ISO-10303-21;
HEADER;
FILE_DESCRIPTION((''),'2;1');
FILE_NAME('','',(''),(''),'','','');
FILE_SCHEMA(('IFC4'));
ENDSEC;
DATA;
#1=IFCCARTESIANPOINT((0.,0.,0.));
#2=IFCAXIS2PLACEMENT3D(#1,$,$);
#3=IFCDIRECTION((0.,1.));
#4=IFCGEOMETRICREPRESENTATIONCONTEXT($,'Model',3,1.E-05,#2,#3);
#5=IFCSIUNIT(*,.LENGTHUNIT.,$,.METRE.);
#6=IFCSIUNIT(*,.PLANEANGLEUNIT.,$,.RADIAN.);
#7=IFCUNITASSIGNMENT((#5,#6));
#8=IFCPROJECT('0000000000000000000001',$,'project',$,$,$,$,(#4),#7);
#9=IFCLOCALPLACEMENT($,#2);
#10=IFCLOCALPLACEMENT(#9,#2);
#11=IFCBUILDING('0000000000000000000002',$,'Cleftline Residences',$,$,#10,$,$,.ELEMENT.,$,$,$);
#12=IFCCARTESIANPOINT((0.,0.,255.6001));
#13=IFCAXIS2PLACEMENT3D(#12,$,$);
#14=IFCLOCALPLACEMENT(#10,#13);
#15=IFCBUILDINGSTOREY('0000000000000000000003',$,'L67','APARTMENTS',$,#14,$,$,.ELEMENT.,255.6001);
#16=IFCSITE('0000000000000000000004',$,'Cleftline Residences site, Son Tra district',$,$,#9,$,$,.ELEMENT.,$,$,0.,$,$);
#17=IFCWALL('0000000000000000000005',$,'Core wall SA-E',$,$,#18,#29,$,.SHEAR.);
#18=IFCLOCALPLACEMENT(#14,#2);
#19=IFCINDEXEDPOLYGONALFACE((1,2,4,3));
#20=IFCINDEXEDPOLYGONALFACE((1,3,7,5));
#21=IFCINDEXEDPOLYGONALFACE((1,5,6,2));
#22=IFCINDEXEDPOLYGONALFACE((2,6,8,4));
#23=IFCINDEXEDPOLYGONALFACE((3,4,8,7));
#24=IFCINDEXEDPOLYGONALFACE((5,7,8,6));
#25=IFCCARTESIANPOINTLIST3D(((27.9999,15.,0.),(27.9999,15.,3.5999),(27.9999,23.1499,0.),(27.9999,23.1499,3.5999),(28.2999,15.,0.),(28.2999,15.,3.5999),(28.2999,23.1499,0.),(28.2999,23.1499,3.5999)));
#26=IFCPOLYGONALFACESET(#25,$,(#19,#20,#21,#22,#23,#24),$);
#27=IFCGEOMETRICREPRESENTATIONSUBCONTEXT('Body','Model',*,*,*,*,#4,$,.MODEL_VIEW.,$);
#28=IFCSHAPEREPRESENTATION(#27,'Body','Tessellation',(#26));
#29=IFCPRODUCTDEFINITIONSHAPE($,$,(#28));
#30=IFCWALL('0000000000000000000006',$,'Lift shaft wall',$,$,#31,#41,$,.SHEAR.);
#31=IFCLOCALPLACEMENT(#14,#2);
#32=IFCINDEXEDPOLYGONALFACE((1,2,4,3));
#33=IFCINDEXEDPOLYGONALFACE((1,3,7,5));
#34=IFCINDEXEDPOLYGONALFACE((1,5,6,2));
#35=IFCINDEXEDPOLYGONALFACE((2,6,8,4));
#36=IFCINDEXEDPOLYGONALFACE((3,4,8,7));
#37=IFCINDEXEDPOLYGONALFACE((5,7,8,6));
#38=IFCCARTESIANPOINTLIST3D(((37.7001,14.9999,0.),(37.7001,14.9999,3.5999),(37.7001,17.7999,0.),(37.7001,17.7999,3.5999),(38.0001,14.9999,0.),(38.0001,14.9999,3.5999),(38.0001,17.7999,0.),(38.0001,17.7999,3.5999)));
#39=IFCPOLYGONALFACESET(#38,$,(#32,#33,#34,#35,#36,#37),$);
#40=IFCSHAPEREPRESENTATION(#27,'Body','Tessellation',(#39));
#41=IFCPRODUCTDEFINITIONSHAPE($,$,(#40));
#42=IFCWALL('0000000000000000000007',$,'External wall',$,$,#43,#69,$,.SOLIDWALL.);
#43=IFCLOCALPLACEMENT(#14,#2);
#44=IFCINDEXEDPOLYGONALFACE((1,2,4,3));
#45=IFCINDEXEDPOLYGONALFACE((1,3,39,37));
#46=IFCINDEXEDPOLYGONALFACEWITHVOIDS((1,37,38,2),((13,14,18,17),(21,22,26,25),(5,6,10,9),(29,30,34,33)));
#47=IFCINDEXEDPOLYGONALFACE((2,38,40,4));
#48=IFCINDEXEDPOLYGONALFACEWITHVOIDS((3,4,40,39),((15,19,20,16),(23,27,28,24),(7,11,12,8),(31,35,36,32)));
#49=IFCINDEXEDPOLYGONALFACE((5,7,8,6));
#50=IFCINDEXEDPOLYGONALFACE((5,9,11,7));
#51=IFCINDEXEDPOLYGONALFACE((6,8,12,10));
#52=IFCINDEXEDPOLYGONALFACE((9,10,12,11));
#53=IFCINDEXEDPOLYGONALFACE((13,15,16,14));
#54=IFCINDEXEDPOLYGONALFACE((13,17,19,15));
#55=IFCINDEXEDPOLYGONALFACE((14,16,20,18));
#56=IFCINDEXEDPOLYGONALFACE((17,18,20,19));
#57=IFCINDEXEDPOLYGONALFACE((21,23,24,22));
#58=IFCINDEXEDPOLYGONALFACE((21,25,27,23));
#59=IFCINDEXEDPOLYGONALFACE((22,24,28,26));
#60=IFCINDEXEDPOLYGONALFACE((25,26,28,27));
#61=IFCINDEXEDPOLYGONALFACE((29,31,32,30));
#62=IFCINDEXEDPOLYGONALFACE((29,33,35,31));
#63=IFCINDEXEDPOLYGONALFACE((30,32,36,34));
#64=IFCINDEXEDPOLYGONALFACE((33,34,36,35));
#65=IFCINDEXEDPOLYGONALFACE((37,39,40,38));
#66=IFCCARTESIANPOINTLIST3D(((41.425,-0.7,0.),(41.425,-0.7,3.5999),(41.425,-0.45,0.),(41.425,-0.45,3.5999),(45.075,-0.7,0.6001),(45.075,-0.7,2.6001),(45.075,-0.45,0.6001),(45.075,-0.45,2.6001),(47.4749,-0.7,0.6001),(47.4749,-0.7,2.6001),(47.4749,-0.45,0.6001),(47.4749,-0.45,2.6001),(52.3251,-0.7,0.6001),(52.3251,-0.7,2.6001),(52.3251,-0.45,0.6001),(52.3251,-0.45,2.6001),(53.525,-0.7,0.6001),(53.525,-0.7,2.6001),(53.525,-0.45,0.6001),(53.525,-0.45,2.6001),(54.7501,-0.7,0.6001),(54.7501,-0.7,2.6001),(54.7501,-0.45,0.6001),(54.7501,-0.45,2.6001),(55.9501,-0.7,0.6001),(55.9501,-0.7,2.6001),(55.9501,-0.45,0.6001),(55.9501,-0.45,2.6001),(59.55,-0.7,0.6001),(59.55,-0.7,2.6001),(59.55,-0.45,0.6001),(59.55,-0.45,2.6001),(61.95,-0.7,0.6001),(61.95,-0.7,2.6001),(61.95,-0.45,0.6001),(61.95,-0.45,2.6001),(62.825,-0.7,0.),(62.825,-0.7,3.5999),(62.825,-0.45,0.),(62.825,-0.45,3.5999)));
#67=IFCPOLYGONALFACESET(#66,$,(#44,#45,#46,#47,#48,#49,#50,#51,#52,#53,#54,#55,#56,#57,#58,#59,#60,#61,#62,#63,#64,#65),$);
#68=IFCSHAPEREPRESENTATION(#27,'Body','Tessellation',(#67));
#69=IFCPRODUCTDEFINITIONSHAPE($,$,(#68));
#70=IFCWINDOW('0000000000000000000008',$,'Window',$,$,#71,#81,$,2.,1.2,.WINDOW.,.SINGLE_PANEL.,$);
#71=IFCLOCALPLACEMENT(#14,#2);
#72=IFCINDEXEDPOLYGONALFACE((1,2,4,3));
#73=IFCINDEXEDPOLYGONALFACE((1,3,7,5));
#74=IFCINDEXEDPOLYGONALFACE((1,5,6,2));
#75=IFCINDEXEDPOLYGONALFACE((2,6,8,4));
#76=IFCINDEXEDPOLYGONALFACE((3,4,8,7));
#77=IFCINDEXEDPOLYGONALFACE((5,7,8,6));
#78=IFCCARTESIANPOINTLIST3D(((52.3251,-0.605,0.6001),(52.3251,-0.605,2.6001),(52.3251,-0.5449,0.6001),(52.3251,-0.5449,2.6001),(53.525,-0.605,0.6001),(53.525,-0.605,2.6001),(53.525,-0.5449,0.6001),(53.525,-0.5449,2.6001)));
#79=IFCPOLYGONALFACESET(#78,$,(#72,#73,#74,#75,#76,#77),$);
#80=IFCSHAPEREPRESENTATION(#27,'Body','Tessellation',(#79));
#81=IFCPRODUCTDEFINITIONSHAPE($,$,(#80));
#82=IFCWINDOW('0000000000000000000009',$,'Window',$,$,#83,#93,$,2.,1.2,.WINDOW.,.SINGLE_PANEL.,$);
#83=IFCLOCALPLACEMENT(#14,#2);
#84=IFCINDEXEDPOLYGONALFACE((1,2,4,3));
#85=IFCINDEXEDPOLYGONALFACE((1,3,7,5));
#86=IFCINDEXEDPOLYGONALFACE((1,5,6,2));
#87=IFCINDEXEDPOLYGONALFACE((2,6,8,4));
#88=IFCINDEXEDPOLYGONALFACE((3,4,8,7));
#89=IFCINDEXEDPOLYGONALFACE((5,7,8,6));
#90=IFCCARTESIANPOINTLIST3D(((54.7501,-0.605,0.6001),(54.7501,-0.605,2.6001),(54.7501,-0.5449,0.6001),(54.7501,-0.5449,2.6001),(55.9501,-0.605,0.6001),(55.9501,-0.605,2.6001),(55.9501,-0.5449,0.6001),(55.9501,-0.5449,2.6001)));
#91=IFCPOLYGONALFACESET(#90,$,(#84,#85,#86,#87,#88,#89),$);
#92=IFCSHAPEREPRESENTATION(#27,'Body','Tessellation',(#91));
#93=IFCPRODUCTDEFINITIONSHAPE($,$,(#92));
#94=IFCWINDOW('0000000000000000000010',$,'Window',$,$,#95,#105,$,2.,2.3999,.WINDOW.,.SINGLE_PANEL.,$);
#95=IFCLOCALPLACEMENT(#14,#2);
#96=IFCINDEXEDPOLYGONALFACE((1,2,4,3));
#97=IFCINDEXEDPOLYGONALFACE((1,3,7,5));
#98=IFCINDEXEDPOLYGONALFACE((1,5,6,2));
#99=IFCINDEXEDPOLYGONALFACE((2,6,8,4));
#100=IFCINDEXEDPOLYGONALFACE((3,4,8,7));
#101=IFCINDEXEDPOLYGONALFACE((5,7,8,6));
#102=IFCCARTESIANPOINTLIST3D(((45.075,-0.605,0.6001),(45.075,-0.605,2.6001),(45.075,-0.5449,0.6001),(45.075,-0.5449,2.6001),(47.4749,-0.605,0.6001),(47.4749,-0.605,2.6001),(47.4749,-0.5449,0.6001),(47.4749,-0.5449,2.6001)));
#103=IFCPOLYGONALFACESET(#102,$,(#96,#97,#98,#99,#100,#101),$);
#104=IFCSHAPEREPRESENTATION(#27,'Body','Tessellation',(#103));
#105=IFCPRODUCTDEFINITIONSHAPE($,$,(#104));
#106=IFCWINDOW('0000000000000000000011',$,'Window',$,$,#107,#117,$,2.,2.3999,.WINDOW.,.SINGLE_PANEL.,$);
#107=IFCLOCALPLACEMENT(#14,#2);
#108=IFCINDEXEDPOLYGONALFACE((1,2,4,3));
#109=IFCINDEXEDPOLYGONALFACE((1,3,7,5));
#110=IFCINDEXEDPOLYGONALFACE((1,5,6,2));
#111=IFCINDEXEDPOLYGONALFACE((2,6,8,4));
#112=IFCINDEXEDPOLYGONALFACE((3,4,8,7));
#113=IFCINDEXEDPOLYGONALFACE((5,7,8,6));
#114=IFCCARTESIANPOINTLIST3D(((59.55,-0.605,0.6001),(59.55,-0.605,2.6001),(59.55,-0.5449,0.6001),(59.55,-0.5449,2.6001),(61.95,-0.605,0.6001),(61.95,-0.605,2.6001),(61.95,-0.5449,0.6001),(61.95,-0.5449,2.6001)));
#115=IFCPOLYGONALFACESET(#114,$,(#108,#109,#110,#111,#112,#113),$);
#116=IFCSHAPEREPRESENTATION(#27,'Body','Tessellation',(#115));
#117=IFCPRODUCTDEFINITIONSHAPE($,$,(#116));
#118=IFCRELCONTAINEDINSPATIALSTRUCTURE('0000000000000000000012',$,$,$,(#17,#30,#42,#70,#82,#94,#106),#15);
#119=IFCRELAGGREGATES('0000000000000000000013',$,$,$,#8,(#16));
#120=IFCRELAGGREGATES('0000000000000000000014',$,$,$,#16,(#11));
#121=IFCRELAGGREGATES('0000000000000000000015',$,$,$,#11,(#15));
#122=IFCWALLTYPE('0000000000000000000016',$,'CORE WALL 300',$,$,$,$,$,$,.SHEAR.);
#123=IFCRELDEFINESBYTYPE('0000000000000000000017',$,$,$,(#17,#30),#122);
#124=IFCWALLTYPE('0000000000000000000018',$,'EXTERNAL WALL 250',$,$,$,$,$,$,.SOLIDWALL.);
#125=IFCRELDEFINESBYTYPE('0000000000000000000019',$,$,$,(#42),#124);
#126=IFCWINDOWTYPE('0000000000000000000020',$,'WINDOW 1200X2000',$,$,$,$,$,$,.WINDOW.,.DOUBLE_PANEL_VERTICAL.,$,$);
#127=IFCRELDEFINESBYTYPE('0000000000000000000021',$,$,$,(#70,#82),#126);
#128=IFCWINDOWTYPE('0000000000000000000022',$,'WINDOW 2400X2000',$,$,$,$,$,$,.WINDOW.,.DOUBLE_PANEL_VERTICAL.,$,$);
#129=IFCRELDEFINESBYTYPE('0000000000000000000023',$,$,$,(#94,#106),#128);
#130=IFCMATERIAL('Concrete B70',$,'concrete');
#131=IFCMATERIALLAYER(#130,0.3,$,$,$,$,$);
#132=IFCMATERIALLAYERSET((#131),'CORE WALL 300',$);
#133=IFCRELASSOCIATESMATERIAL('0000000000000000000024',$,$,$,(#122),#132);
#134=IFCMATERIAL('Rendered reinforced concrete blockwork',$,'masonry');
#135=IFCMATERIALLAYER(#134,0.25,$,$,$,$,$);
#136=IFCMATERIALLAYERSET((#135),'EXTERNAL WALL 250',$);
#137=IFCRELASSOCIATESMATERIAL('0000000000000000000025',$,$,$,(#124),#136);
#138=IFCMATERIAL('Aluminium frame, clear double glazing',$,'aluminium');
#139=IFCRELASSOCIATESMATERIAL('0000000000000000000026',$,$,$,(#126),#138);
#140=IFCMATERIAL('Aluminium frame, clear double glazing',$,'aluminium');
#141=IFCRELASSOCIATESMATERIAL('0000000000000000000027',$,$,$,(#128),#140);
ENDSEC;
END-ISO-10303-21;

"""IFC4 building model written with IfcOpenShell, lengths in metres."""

from ifc_helpers import new_model, si_unit, direction, frame, frame_2d, origin, place, context, subcontext, project, spatial, rectangle, extrude, material, layer, layer_set, type_object, element, fill, save


model = new_model("IFC4")

# Units and contexts
model_context = context("Model", 3, precision=1e-05, world=origin(), true_north=direction((0.0, 1.0)))
body_context = subcontext(model_context, "Body", "Model", "MODEL_VIEW")
ifc_project = project(units=[si_unit("LENGTHUNIT", "METRE"), si_unit("PLANEANGLEUNIT", "RADIAN")], contexts=[model_context])

# Site, building, storey
site_placement = place(None, origin())
site = spatial("IfcSite", under=ifc_project, at=site_placement, Name="Cleftline Residences site, Son Tra district", CompositionType="ELEMENT", RefElevation=0.0)
building_placement = place(site_placement, origin())
building = spatial("IfcBuilding", under=site, at=building_placement, Name="Cleftline Residences", CompositionType="ELEMENT")
storey_placement = place(building_placement, frame((0.0, 0.0, 255.6001)))
storey = spatial("IfcBuildingStorey", under=building, at=storey_placement, Name="L67", Description="APARTMENTS", CompositionType="ELEMENT", Elevation=255.6001)

# Walls
ifc_material_1 = material(Name="Concrete B70", Category="concrete")
ifc_layer_1 = layer(ifc_material_1, 0.3)
ifc_layer_set_1 = layer_set([ifc_layer_1], Name="CORE WALL 300")
wall_type_1 = type_object("IfcWallType", Name="CORE WALL 300", PredefinedType="SHEAR", material=ifc_layer_set_1)
wall_1_placement = place(storey_placement, frame((28.1499, 15.0, 0.0), z_axis=(0.0, 0.0, 1.0), x_axis=(0.0, 1.0, 0.0)))
element("IfcWall", 1, at=wall_1_placement, inside=storey, type_object=wall_type_1, Name="Core wall SA-E", PredefinedType="SHEAR", context=body_context, shape_type="SweptSolid", body=[
    extrude(rectangle(XDim=8.1499, YDim=0.3, at=frame_2d((4.075, 0.0))), origin(), (0.0, 0.0, 1.0), 3.5999),
])
wall_2_placement = place(storey_placement, frame((37.8501, 15.0, 0.0), z_axis=(0.0, 0.0, 1.0), x_axis=(0.0, 1.0, 0.0)))
element("IfcWall", 2, at=wall_2_placement, inside=storey, type_object=wall_type_1, Name="Lift shaft wall", PredefinedType="SHEAR", context=body_context, shape_type="SweptSolid", body=[
    extrude(rectangle(XDim=2.8, YDim=0.3, at=frame_2d((1.3999, 0.0))), origin(), (0.0, 0.0, 1.0), 3.5999),
])

# Wall, openings, windows
ifc_material_2 = material(Name="Rendered reinforced concrete blockwork", Category="masonry")
ifc_layer_2 = layer(ifc_material_2, 0.25)
ifc_layer_set_2 = layer_set([ifc_layer_2], Name="EXTERNAL WALL 250")
wall_type_2 = type_object("IfcWallType", Name="EXTERNAL WALL 250", PredefinedType="SOLIDWALL", material=ifc_layer_set_2)
wall_3_placement = place(storey_placement, frame((41.425, -0.575, 0.0), z_axis=(0.0, 0.0, 1.0), x_axis=(1.0, 0.0, 0.0)))
wall_3 = element("IfcWall", 3, at=wall_3_placement, inside=storey, type_object=wall_type_2, Name="External wall", PredefinedType="SOLIDWALL", context=body_context, shape_type="SweptSolid", body=[
    extrude(rectangle(XDim=21.3999, YDim=0.25, at=frame_2d((10.7, 0.0))), origin(), (0.0, 0.0, 1.0), 3.5999),
])
opening_1_placement = place(wall_3_placement, frame((3.6499, 0.0, 0.6001)))
opening_1 = element("IfcOpeningElement", 4, at=opening_1_placement, cuts=wall_3, PredefinedType="OPENING", context=body_context, shape_type="SweptSolid", body=[
    extrude(rectangle(XDim=2.3999, YDim=2.0, at=frame_2d((1.2, 1.0))), frame((0.0, 0.135, 0.0), z_axis=(0.0, -1.0, 0.0), x_axis=(1.0, 0.0, 0.0)), (0.0, 0.0, 1.0), 0.27),
])
opening_2_placement = place(wall_3_placement, frame((10.8999, 0.0, 0.6001)))
opening_2 = element("IfcOpeningElement", 5, at=opening_2_placement, cuts=wall_3, PredefinedType="OPENING", context=body_context, shape_type="SweptSolid", body=[
    extrude(rectangle(XDim=1.2, YDim=2.0, at=frame_2d((0.6001, 1.0))), frame((0.0, 0.135, 0.0), z_axis=(0.0, -1.0, 0.0), x_axis=(1.0, 0.0, 0.0)), (0.0, 0.0, 1.0), 0.27),
])
opening_3_placement = place(wall_3_placement, frame((13.325, 0.0, 0.6001)))
opening_3 = element("IfcOpeningElement", 6, at=opening_3_placement, cuts=wall_3, PredefinedType="OPENING", context=body_context, shape_type="SweptSolid", body=[
    extrude(rectangle(XDim=1.2, YDim=2.0, at=frame_2d((0.6001, 1.0))), frame((0.0, 0.135, 0.0), z_axis=(0.0, -1.0, 0.0), x_axis=(1.0, 0.0, 0.0)), (0.0, 0.0, 1.0), 0.27),
])
opening_4_placement = place(wall_3_placement, frame((18.125, 0.0, 0.6001)))
opening_4 = element("IfcOpeningElement", 7, at=opening_4_placement, cuts=wall_3, PredefinedType="OPENING", context=body_context, shape_type="SweptSolid", body=[
    extrude(rectangle(XDim=2.3999, YDim=2.0, at=frame_2d((1.2, 1.0))), frame((0.0, 0.135, 0.0), z_axis=(0.0, -1.0, 0.0), x_axis=(1.0, 0.0, 0.0)), (0.0, 0.0, 1.0), 0.27),
])
ifc_material_3 = material(Name="Aluminium frame, clear double glazing", Category="aluminium")
window_type_1 = type_object("IfcWindowType", Name="WINDOW 1200X2000", PartitioningType="DOUBLE_PANEL_VERTICAL", PredefinedType="WINDOW", material=ifc_material_3)
window_1_placement = place(opening_2_placement, origin())
window_1 = element("IfcWindow", 8, at=window_1_placement, inside=storey, type_object=window_type_1, Name="Window", OverallHeight=2.0, OverallWidth=1.2, PartitioningType="SINGLE_PANEL", PredefinedType="WINDOW", context=body_context, shape_type="SweptSolid", body=[
    extrude(rectangle(XDim=1.2, YDim=2.0, at=frame_2d((0.6001, 1.0))), frame((0.0, 0.03, 0.0), z_axis=(0.0, -1.0, 0.0), x_axis=(1.0, 0.0, 0.0)), (0.0, 0.0, 1.0), 0.0601),
])
fill(opening_2, window_1)
window_2_placement = place(opening_3_placement, origin())
window_2 = element("IfcWindow", 9, at=window_2_placement, inside=storey, type_object=window_type_1, Name="Window", OverallHeight=2.0, OverallWidth=1.2, PartitioningType="SINGLE_PANEL", PredefinedType="WINDOW", context=body_context, shape_type="SweptSolid", body=[
    extrude(rectangle(XDim=1.2, YDim=2.0, at=frame_2d((0.6001, 1.0))), frame((0.0, 0.03, 0.0), z_axis=(0.0, -1.0, 0.0), x_axis=(1.0, 0.0, 0.0)), (0.0, 0.0, 1.0), 0.0601),
])
fill(opening_3, window_2)
ifc_material_4 = material(Name="Aluminium frame, clear double glazing", Category="aluminium")
window_type_2 = type_object("IfcWindowType", Name="WINDOW 2400X2000", PartitioningType="DOUBLE_PANEL_VERTICAL", PredefinedType="WINDOW", material=ifc_material_4)
window_3_placement = place(opening_1_placement, origin())
window_3 = element("IfcWindow", 10, at=window_3_placement, inside=storey, type_object=window_type_2, Name="Window", OverallHeight=2.0, OverallWidth=2.3999, PartitioningType="SINGLE_PANEL", PredefinedType="WINDOW", context=body_context, shape_type="SweptSolid", body=[
    extrude(rectangle(XDim=2.3999, YDim=2.0, at=frame_2d((1.2, 1.0))), frame((0.0, 0.03, 0.0), z_axis=(0.0, -1.0, 0.0), x_axis=(1.0, 0.0, 0.0)), (0.0, 0.0, 1.0), 0.0601),
])
fill(opening_1, window_3)
window_4_placement = place(opening_4_placement, origin())
window_4 = element("IfcWindow", 11, at=window_4_placement, inside=storey, type_object=window_type_2, Name="Window", OverallHeight=2.0, OverallWidth=2.3999, PartitioningType="SINGLE_PANEL", PredefinedType="WINDOW", context=body_context, shape_type="SweptSolid", body=[
    extrude(rectangle(XDim=2.3999, YDim=2.0, at=frame_2d((1.2, 1.0))), frame((0.0, 0.03, 0.0), z_axis=(0.0, -1.0, 0.0), x_axis=(1.0, 0.0, 0.0)), (0.0, 0.0, 1.0), 0.0601),
])
fill(opening_4, window_4)

save(model, "model.ifc")
